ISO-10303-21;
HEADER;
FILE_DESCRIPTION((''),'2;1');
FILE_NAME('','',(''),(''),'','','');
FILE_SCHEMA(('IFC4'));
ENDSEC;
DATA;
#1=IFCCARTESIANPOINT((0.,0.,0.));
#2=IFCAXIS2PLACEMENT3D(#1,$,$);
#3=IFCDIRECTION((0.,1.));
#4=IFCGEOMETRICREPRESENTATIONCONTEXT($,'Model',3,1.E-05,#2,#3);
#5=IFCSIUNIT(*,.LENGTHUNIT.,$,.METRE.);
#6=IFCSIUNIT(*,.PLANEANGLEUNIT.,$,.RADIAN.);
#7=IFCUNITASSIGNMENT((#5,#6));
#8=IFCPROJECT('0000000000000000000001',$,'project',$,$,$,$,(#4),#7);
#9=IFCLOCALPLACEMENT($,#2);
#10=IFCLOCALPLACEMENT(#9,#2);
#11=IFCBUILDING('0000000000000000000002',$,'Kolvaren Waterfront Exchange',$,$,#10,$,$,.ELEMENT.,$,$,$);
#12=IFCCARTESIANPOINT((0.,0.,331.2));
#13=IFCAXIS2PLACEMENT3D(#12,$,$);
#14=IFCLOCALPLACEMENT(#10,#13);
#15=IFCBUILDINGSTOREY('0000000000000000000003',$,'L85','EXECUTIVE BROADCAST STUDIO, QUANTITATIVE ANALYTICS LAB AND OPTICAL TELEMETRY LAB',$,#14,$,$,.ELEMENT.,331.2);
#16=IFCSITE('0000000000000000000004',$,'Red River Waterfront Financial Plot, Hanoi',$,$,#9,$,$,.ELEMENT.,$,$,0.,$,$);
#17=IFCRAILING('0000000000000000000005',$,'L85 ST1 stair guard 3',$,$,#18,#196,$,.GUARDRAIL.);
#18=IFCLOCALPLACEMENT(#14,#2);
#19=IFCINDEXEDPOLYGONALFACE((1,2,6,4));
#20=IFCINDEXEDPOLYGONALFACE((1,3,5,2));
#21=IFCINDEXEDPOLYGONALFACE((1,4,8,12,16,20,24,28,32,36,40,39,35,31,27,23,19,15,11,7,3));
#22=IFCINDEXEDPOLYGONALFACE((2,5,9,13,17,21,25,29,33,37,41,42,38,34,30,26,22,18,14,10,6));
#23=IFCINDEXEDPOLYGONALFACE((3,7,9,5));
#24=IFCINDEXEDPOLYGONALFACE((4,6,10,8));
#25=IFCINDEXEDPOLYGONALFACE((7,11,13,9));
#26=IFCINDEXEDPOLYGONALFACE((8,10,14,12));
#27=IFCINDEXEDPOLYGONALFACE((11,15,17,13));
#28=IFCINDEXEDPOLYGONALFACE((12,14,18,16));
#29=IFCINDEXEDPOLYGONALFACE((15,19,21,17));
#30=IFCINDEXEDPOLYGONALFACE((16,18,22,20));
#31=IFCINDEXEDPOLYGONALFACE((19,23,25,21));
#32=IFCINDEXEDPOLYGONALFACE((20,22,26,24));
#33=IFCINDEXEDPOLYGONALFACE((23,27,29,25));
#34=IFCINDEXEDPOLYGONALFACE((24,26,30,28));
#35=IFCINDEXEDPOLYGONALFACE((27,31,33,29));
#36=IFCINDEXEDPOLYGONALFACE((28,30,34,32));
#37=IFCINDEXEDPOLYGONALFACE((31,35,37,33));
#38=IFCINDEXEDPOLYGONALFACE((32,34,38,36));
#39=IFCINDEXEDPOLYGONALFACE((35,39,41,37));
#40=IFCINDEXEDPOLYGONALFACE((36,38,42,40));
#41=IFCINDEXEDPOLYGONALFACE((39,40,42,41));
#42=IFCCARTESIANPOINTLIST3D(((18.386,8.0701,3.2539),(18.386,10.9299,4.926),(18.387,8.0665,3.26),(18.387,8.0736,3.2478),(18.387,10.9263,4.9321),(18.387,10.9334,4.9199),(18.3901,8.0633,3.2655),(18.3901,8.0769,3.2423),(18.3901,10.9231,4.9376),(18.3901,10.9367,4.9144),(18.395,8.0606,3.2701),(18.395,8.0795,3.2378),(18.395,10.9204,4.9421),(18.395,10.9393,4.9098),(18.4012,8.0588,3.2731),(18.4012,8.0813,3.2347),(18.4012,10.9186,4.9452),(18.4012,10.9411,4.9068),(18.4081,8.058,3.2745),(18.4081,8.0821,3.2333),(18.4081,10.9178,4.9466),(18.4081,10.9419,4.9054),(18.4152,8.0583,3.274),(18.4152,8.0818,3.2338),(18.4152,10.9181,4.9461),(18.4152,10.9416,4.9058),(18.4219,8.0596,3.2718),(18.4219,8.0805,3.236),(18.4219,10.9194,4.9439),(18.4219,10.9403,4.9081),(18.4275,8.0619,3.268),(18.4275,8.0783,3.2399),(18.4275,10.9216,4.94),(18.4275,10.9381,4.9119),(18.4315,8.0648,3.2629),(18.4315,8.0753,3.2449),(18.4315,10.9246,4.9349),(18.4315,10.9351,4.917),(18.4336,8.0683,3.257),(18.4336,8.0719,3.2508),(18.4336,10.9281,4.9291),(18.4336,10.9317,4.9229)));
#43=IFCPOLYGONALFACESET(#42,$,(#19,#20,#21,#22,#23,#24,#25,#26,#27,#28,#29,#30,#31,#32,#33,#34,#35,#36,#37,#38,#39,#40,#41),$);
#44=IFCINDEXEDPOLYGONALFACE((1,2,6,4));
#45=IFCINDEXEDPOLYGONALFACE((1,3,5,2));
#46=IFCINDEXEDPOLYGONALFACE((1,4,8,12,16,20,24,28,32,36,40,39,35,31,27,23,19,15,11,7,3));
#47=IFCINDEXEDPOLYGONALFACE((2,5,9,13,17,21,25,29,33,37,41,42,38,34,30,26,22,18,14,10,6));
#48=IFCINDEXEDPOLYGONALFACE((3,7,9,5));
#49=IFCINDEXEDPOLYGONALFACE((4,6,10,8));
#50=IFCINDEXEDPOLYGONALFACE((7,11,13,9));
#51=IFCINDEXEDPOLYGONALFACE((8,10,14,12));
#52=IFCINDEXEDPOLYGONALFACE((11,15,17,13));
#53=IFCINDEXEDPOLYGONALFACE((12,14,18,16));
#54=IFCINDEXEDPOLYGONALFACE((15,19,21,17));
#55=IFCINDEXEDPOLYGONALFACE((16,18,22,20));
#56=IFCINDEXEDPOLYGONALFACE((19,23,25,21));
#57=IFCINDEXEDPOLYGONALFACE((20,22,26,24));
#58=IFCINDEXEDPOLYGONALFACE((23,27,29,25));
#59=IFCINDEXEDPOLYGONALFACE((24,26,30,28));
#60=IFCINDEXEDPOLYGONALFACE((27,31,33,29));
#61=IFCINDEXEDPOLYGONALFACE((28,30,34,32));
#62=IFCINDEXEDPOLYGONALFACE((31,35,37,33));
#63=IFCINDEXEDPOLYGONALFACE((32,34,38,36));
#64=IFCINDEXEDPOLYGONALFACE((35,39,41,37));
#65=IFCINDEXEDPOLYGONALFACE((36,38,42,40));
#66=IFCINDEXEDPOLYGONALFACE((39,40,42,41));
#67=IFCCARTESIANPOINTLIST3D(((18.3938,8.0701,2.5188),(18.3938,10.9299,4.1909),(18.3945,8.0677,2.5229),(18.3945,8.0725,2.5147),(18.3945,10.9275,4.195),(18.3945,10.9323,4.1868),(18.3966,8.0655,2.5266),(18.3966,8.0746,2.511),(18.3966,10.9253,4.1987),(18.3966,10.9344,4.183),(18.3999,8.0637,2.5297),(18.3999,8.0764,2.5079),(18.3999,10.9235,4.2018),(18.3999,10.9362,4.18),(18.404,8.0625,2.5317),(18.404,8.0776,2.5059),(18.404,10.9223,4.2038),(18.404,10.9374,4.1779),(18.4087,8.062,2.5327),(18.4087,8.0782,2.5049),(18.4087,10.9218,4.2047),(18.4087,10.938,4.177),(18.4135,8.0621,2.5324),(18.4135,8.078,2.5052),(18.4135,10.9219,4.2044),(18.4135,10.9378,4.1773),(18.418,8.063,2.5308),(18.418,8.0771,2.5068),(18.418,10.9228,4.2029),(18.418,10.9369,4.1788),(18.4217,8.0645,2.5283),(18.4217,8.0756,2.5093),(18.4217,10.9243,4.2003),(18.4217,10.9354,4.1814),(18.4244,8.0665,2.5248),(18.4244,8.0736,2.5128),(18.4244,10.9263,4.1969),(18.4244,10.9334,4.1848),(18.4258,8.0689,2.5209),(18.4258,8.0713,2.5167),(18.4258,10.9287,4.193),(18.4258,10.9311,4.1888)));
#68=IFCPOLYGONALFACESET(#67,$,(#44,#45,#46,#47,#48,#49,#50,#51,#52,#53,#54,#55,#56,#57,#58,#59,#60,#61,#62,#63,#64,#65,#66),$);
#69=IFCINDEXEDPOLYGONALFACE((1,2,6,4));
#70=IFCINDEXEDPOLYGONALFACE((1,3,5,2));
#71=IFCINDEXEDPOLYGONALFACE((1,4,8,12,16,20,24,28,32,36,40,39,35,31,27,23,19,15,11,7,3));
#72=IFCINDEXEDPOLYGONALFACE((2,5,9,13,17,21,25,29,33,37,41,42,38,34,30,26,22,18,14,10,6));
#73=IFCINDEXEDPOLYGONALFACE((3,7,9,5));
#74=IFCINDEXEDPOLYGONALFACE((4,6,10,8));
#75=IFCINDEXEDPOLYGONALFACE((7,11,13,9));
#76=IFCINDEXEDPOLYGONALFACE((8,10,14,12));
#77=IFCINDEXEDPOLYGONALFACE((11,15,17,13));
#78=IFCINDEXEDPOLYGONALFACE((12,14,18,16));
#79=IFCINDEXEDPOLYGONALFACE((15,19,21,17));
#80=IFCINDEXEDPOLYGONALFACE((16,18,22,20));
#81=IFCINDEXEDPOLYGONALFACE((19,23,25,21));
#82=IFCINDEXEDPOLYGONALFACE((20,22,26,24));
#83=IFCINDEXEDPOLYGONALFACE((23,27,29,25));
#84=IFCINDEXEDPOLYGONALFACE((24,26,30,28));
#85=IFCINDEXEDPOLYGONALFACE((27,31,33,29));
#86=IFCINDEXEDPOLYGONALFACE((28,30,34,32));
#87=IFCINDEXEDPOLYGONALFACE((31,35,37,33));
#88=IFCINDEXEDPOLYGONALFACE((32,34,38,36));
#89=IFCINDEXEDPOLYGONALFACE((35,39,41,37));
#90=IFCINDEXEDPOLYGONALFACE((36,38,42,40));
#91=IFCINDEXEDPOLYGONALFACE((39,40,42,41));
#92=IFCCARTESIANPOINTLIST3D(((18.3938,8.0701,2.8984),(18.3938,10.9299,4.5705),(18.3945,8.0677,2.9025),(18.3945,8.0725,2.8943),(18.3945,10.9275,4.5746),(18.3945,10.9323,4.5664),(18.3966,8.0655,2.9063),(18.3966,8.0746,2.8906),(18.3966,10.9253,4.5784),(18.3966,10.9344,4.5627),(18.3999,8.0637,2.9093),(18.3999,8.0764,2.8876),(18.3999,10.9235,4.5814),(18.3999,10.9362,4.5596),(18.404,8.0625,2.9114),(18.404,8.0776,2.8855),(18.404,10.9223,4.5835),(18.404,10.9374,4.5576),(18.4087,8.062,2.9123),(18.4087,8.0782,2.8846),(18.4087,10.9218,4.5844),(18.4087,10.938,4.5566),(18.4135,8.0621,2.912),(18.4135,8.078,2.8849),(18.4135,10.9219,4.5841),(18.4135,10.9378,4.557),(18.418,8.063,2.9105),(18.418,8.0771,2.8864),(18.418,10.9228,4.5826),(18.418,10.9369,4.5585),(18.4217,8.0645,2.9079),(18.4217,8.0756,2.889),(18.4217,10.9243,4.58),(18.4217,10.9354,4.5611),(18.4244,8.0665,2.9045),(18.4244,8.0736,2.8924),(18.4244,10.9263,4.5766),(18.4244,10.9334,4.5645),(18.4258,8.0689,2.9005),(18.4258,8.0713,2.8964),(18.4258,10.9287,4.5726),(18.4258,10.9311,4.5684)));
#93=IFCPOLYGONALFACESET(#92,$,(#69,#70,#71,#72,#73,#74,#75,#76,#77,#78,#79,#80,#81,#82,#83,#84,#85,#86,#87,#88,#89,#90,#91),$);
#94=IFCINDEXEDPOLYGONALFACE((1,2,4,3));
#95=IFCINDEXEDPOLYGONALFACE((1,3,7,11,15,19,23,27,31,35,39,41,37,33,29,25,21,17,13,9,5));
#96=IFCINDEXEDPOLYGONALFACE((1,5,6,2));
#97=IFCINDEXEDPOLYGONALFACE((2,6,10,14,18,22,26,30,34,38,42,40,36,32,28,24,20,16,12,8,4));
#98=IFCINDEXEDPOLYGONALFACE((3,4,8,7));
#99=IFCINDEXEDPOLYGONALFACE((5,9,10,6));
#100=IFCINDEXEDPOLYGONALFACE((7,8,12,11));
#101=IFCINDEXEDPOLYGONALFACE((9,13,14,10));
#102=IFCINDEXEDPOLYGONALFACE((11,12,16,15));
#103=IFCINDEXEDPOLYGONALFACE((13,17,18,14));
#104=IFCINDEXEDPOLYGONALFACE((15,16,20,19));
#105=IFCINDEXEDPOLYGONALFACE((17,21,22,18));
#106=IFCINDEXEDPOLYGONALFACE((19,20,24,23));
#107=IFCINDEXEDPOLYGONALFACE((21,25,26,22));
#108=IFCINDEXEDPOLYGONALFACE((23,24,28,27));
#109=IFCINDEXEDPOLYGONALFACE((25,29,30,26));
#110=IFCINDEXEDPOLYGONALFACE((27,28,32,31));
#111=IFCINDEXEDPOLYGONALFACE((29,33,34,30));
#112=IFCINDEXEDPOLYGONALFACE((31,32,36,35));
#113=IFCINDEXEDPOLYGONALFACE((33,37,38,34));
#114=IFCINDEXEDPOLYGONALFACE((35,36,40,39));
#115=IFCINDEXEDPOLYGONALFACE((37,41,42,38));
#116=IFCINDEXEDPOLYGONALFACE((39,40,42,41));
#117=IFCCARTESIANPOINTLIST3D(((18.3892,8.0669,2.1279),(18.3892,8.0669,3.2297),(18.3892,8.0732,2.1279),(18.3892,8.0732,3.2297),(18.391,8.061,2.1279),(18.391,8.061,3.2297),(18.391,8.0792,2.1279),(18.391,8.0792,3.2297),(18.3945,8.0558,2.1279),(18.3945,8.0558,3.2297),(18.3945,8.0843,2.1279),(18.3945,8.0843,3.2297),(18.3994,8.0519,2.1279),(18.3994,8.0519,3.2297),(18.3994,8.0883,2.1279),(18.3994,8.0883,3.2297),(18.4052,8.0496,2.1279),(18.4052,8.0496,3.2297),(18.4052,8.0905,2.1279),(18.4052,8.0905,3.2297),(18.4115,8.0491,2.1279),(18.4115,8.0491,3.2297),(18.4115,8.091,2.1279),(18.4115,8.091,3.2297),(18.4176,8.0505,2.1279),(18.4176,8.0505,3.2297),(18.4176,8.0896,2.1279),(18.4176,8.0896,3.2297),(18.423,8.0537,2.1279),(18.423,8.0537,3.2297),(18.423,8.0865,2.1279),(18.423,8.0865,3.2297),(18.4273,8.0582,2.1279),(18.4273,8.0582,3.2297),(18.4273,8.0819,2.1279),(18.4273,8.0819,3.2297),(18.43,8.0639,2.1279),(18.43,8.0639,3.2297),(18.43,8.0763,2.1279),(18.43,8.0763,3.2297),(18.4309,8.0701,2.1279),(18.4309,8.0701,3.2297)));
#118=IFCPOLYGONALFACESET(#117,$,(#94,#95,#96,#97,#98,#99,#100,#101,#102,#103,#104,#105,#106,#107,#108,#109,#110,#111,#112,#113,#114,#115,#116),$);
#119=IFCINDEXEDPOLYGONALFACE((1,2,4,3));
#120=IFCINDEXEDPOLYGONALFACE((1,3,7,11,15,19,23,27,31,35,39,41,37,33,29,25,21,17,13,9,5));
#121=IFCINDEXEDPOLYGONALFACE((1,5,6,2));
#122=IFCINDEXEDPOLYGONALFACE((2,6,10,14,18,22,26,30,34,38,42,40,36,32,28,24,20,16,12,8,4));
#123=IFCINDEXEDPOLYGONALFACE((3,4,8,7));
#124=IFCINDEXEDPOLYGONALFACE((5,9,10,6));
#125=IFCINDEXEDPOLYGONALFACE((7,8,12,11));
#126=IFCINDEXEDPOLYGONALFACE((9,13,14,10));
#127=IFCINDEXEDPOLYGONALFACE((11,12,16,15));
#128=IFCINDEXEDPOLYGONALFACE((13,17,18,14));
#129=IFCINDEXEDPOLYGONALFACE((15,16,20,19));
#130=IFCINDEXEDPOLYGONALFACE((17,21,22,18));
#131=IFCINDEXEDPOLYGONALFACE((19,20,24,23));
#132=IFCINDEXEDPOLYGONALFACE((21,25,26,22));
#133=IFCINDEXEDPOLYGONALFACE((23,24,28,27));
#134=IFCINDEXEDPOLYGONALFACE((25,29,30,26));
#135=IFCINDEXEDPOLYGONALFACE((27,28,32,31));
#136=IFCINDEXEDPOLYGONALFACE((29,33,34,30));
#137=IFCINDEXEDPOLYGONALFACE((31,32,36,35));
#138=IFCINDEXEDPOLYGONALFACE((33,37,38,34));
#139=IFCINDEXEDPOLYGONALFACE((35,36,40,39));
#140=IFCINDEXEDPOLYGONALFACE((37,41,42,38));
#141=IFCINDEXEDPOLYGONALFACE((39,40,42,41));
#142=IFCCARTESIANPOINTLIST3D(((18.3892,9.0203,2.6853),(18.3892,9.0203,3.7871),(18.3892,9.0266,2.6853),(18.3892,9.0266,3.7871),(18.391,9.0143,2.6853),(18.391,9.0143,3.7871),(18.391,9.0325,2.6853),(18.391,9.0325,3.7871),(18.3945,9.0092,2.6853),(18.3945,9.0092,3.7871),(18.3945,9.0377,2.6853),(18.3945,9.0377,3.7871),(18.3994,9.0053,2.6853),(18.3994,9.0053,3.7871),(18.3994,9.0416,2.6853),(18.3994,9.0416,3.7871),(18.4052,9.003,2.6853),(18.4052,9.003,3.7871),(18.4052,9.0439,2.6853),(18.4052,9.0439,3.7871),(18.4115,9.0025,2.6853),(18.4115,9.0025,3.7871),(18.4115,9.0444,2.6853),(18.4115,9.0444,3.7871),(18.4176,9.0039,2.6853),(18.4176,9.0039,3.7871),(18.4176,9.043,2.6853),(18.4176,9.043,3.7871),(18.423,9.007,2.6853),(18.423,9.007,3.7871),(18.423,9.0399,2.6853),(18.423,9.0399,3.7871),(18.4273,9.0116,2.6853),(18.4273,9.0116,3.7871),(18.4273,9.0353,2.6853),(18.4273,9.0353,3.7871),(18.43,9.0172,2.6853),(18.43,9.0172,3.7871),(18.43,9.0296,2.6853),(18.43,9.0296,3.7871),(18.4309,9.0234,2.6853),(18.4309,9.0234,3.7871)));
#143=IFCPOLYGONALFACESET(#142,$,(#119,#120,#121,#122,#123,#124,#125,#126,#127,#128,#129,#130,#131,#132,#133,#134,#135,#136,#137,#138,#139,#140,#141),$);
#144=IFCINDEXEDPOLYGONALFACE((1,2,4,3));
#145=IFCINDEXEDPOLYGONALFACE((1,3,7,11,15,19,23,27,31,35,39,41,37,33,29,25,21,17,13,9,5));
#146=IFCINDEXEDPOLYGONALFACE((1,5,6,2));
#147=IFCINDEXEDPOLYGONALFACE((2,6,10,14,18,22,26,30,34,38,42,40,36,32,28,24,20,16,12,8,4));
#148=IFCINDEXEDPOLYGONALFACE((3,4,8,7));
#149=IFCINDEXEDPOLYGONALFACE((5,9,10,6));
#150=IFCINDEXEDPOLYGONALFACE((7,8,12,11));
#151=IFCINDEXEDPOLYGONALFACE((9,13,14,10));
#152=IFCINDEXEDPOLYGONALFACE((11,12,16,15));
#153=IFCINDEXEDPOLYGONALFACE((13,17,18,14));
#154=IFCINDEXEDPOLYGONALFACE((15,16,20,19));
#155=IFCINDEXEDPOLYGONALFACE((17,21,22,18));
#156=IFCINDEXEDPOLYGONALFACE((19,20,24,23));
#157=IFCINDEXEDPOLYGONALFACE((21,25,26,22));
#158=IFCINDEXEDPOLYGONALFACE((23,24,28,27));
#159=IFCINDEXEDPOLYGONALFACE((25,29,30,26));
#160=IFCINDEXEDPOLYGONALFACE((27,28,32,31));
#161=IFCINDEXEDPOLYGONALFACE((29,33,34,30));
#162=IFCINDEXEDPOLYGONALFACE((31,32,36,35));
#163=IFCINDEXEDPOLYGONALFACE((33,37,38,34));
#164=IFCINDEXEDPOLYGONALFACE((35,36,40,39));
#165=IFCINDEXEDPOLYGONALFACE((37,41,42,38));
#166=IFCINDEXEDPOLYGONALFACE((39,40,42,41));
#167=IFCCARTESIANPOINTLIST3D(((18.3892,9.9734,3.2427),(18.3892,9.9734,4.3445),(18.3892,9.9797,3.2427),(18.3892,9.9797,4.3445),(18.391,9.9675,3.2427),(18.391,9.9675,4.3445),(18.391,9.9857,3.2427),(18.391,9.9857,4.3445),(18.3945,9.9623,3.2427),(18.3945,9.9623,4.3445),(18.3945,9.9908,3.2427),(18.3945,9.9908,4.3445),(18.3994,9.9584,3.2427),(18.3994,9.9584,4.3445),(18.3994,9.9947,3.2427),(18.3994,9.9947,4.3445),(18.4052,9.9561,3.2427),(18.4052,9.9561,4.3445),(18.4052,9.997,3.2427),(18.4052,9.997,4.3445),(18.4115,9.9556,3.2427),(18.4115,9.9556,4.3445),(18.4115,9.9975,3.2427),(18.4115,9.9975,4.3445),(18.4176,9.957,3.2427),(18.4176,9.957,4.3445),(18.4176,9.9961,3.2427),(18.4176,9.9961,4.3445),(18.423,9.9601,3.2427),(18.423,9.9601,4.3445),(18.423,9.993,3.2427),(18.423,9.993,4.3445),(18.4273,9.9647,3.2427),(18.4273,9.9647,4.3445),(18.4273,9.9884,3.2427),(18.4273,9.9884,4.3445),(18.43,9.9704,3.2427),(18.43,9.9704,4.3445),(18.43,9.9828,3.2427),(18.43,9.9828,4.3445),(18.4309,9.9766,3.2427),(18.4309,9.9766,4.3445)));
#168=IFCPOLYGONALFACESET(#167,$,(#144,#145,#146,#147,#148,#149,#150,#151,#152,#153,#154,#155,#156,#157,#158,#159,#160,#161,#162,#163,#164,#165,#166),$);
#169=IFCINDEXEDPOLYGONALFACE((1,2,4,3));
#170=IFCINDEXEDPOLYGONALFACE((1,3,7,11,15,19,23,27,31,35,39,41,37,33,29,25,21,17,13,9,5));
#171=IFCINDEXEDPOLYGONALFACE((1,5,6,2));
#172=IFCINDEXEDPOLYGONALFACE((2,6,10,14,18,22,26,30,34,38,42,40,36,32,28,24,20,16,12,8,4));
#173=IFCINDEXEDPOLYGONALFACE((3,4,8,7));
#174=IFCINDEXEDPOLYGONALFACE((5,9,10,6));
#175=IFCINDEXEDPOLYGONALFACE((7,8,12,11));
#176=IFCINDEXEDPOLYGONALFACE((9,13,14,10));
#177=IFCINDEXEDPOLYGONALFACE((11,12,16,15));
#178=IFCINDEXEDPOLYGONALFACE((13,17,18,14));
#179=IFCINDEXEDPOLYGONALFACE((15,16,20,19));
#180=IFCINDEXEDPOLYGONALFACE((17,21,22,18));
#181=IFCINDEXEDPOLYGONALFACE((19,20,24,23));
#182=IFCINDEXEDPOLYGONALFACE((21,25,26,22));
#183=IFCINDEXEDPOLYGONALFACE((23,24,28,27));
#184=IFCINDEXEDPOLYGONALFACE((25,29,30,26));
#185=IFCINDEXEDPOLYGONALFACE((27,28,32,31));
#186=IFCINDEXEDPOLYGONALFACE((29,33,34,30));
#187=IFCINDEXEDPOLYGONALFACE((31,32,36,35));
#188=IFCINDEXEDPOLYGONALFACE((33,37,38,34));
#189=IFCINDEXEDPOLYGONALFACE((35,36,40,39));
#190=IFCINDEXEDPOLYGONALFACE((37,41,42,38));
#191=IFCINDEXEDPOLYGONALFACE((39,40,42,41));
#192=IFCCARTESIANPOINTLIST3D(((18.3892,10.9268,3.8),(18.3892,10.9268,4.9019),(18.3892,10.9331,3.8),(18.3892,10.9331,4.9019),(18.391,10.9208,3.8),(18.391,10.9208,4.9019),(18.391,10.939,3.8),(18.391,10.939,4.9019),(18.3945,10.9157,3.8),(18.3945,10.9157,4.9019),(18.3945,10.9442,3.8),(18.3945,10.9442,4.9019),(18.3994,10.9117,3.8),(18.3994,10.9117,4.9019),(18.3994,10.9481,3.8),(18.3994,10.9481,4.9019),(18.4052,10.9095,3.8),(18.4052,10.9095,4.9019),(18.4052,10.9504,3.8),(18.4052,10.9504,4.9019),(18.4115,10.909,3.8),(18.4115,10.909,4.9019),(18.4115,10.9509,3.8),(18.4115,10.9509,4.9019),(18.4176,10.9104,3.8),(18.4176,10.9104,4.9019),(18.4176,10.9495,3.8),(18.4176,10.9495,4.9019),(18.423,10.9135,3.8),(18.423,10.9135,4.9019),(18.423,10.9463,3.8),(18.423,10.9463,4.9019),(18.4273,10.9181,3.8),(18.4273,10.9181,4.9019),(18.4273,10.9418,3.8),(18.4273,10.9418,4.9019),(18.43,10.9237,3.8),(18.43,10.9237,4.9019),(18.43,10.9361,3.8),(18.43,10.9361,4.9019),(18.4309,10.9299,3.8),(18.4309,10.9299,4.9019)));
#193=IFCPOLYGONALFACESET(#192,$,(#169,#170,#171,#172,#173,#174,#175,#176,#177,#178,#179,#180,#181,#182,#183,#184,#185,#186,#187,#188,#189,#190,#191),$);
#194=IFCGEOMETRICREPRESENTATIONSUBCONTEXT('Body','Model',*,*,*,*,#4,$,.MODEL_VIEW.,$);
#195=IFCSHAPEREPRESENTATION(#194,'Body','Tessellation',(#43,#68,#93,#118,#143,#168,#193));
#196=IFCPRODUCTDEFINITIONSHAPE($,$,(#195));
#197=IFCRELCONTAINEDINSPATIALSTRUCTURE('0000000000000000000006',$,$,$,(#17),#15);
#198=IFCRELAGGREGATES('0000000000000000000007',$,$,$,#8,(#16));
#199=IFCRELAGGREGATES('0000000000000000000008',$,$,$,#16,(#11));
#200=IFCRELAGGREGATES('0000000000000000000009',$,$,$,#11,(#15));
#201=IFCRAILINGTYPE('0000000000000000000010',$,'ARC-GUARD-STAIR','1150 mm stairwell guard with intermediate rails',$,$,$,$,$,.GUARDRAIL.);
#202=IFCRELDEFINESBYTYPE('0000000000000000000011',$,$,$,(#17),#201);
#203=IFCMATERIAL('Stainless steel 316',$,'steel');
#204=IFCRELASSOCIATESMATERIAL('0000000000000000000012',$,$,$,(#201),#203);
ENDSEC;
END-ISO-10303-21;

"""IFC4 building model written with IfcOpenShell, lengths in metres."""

from ifc_helpers import new_model, si_unit, direction, frame, origin, origin_2d, place, context, subcontext, project, spatial, circle, extrude, material, type_object, element, save


model = new_model("IFC4")

# Units and contexts
model_context = context("Model", 3, precision=1e-05, world=origin(), true_north=direction((0.0, 1.0)))
body_context = subcontext(model_context, "Body", "Model", "MODEL_VIEW")
ifc_project = project(units=[si_unit("LENGTHUNIT", "METRE"), si_unit("PLANEANGLEUNIT", "RADIAN")], contexts=[model_context])

# Site, building, storey
site_placement = place(None, origin())
site = spatial("IfcSite", under=ifc_project, at=site_placement, Name="Red River Waterfront Financial Plot, Hanoi", CompositionType="ELEMENT", RefElevation=0.0)
building_placement = place(site_placement, origin())
building = spatial("IfcBuilding", under=site, at=building_placement, Name="Kolvaren Waterfront Exchange", CompositionType="ELEMENT")
storey_placement = place(building_placement, frame((0.0, 0.0, 331.2)))
storey = spatial("IfcBuildingStorey", under=building, at=storey_placement, Name="L85", Description="EXECUTIVE BROADCAST STUDIO, QUANTITATIVE ANALYTICS LAB AND OPTICAL TELEMETRY LAB", CompositionType="ELEMENT", Elevation=331.2)

# Railing
ifc_material_1 = material(Name="Stainless steel 316", Category="steel")
railing_type_1 = type_object("IfcRailingType", Name="ARC-GUARD-STAIR", Description="1150 mm stairwell guard with intermediate rails", PredefinedType="GUARDRAIL", material=ifc_material_1)
railing_1_placement = place(storey_placement, frame((18.4099, 8.0701, 2.1279)))
element("IfcRailing", 1, at=railing_1_placement, inside=storey, type_object=railing_type_1, Name="L85 ST1 stair guard 3", PredefinedType="GUARDRAIL", context=body_context, shape_type="SweptSolid", body=[
    extrude(circle(Radius=0.0239, at=origin_2d()), frame((0.0, 0.0, 1.126), z_axis=(0.0, 0.863271, 0.504741), x_axis=(-1.0, 0.0, 0.0)), (0.0, 0.0, 1.0), 3.3127),
    extrude(circle(Radius=0.0161, at=origin_2d()), frame((0.0, 0.0, 0.3909), z_axis=(0.0, 0.863271, 0.504741), x_axis=(-1.0, 0.0, 0.0)), (0.0, 0.0, 1.0), 3.3127),
    extrude(circle(Radius=0.0161, at=origin_2d()), frame((0.0, 0.0, 0.7705), z_axis=(0.0, 0.863271, 0.504741), x_axis=(-1.0, 0.0, 0.0)), (0.0, 0.0, 1.0), 3.3127),
    extrude(circle(Radius=0.021, at=origin_2d()), origin(), (0.0, 0.0, 1.0), 1.1018),
    extrude(circle(Radius=0.021, at=origin_2d()), frame((0.0, 0.9534, 0.5574)), (0.0, 0.0, 1.0), 1.1018),
    extrude(circle(Radius=0.021, at=origin_2d()), frame((0.0, 1.9065, 1.1147)), (0.0, 0.0, 1.0), 1.1018),
    extrude(circle(Radius=0.021, at=origin_2d()), frame((0.0, 2.8599, 1.6721)), (0.0, 0.0, 1.0), 1.1018),
])

save(model, "model.ifc")
